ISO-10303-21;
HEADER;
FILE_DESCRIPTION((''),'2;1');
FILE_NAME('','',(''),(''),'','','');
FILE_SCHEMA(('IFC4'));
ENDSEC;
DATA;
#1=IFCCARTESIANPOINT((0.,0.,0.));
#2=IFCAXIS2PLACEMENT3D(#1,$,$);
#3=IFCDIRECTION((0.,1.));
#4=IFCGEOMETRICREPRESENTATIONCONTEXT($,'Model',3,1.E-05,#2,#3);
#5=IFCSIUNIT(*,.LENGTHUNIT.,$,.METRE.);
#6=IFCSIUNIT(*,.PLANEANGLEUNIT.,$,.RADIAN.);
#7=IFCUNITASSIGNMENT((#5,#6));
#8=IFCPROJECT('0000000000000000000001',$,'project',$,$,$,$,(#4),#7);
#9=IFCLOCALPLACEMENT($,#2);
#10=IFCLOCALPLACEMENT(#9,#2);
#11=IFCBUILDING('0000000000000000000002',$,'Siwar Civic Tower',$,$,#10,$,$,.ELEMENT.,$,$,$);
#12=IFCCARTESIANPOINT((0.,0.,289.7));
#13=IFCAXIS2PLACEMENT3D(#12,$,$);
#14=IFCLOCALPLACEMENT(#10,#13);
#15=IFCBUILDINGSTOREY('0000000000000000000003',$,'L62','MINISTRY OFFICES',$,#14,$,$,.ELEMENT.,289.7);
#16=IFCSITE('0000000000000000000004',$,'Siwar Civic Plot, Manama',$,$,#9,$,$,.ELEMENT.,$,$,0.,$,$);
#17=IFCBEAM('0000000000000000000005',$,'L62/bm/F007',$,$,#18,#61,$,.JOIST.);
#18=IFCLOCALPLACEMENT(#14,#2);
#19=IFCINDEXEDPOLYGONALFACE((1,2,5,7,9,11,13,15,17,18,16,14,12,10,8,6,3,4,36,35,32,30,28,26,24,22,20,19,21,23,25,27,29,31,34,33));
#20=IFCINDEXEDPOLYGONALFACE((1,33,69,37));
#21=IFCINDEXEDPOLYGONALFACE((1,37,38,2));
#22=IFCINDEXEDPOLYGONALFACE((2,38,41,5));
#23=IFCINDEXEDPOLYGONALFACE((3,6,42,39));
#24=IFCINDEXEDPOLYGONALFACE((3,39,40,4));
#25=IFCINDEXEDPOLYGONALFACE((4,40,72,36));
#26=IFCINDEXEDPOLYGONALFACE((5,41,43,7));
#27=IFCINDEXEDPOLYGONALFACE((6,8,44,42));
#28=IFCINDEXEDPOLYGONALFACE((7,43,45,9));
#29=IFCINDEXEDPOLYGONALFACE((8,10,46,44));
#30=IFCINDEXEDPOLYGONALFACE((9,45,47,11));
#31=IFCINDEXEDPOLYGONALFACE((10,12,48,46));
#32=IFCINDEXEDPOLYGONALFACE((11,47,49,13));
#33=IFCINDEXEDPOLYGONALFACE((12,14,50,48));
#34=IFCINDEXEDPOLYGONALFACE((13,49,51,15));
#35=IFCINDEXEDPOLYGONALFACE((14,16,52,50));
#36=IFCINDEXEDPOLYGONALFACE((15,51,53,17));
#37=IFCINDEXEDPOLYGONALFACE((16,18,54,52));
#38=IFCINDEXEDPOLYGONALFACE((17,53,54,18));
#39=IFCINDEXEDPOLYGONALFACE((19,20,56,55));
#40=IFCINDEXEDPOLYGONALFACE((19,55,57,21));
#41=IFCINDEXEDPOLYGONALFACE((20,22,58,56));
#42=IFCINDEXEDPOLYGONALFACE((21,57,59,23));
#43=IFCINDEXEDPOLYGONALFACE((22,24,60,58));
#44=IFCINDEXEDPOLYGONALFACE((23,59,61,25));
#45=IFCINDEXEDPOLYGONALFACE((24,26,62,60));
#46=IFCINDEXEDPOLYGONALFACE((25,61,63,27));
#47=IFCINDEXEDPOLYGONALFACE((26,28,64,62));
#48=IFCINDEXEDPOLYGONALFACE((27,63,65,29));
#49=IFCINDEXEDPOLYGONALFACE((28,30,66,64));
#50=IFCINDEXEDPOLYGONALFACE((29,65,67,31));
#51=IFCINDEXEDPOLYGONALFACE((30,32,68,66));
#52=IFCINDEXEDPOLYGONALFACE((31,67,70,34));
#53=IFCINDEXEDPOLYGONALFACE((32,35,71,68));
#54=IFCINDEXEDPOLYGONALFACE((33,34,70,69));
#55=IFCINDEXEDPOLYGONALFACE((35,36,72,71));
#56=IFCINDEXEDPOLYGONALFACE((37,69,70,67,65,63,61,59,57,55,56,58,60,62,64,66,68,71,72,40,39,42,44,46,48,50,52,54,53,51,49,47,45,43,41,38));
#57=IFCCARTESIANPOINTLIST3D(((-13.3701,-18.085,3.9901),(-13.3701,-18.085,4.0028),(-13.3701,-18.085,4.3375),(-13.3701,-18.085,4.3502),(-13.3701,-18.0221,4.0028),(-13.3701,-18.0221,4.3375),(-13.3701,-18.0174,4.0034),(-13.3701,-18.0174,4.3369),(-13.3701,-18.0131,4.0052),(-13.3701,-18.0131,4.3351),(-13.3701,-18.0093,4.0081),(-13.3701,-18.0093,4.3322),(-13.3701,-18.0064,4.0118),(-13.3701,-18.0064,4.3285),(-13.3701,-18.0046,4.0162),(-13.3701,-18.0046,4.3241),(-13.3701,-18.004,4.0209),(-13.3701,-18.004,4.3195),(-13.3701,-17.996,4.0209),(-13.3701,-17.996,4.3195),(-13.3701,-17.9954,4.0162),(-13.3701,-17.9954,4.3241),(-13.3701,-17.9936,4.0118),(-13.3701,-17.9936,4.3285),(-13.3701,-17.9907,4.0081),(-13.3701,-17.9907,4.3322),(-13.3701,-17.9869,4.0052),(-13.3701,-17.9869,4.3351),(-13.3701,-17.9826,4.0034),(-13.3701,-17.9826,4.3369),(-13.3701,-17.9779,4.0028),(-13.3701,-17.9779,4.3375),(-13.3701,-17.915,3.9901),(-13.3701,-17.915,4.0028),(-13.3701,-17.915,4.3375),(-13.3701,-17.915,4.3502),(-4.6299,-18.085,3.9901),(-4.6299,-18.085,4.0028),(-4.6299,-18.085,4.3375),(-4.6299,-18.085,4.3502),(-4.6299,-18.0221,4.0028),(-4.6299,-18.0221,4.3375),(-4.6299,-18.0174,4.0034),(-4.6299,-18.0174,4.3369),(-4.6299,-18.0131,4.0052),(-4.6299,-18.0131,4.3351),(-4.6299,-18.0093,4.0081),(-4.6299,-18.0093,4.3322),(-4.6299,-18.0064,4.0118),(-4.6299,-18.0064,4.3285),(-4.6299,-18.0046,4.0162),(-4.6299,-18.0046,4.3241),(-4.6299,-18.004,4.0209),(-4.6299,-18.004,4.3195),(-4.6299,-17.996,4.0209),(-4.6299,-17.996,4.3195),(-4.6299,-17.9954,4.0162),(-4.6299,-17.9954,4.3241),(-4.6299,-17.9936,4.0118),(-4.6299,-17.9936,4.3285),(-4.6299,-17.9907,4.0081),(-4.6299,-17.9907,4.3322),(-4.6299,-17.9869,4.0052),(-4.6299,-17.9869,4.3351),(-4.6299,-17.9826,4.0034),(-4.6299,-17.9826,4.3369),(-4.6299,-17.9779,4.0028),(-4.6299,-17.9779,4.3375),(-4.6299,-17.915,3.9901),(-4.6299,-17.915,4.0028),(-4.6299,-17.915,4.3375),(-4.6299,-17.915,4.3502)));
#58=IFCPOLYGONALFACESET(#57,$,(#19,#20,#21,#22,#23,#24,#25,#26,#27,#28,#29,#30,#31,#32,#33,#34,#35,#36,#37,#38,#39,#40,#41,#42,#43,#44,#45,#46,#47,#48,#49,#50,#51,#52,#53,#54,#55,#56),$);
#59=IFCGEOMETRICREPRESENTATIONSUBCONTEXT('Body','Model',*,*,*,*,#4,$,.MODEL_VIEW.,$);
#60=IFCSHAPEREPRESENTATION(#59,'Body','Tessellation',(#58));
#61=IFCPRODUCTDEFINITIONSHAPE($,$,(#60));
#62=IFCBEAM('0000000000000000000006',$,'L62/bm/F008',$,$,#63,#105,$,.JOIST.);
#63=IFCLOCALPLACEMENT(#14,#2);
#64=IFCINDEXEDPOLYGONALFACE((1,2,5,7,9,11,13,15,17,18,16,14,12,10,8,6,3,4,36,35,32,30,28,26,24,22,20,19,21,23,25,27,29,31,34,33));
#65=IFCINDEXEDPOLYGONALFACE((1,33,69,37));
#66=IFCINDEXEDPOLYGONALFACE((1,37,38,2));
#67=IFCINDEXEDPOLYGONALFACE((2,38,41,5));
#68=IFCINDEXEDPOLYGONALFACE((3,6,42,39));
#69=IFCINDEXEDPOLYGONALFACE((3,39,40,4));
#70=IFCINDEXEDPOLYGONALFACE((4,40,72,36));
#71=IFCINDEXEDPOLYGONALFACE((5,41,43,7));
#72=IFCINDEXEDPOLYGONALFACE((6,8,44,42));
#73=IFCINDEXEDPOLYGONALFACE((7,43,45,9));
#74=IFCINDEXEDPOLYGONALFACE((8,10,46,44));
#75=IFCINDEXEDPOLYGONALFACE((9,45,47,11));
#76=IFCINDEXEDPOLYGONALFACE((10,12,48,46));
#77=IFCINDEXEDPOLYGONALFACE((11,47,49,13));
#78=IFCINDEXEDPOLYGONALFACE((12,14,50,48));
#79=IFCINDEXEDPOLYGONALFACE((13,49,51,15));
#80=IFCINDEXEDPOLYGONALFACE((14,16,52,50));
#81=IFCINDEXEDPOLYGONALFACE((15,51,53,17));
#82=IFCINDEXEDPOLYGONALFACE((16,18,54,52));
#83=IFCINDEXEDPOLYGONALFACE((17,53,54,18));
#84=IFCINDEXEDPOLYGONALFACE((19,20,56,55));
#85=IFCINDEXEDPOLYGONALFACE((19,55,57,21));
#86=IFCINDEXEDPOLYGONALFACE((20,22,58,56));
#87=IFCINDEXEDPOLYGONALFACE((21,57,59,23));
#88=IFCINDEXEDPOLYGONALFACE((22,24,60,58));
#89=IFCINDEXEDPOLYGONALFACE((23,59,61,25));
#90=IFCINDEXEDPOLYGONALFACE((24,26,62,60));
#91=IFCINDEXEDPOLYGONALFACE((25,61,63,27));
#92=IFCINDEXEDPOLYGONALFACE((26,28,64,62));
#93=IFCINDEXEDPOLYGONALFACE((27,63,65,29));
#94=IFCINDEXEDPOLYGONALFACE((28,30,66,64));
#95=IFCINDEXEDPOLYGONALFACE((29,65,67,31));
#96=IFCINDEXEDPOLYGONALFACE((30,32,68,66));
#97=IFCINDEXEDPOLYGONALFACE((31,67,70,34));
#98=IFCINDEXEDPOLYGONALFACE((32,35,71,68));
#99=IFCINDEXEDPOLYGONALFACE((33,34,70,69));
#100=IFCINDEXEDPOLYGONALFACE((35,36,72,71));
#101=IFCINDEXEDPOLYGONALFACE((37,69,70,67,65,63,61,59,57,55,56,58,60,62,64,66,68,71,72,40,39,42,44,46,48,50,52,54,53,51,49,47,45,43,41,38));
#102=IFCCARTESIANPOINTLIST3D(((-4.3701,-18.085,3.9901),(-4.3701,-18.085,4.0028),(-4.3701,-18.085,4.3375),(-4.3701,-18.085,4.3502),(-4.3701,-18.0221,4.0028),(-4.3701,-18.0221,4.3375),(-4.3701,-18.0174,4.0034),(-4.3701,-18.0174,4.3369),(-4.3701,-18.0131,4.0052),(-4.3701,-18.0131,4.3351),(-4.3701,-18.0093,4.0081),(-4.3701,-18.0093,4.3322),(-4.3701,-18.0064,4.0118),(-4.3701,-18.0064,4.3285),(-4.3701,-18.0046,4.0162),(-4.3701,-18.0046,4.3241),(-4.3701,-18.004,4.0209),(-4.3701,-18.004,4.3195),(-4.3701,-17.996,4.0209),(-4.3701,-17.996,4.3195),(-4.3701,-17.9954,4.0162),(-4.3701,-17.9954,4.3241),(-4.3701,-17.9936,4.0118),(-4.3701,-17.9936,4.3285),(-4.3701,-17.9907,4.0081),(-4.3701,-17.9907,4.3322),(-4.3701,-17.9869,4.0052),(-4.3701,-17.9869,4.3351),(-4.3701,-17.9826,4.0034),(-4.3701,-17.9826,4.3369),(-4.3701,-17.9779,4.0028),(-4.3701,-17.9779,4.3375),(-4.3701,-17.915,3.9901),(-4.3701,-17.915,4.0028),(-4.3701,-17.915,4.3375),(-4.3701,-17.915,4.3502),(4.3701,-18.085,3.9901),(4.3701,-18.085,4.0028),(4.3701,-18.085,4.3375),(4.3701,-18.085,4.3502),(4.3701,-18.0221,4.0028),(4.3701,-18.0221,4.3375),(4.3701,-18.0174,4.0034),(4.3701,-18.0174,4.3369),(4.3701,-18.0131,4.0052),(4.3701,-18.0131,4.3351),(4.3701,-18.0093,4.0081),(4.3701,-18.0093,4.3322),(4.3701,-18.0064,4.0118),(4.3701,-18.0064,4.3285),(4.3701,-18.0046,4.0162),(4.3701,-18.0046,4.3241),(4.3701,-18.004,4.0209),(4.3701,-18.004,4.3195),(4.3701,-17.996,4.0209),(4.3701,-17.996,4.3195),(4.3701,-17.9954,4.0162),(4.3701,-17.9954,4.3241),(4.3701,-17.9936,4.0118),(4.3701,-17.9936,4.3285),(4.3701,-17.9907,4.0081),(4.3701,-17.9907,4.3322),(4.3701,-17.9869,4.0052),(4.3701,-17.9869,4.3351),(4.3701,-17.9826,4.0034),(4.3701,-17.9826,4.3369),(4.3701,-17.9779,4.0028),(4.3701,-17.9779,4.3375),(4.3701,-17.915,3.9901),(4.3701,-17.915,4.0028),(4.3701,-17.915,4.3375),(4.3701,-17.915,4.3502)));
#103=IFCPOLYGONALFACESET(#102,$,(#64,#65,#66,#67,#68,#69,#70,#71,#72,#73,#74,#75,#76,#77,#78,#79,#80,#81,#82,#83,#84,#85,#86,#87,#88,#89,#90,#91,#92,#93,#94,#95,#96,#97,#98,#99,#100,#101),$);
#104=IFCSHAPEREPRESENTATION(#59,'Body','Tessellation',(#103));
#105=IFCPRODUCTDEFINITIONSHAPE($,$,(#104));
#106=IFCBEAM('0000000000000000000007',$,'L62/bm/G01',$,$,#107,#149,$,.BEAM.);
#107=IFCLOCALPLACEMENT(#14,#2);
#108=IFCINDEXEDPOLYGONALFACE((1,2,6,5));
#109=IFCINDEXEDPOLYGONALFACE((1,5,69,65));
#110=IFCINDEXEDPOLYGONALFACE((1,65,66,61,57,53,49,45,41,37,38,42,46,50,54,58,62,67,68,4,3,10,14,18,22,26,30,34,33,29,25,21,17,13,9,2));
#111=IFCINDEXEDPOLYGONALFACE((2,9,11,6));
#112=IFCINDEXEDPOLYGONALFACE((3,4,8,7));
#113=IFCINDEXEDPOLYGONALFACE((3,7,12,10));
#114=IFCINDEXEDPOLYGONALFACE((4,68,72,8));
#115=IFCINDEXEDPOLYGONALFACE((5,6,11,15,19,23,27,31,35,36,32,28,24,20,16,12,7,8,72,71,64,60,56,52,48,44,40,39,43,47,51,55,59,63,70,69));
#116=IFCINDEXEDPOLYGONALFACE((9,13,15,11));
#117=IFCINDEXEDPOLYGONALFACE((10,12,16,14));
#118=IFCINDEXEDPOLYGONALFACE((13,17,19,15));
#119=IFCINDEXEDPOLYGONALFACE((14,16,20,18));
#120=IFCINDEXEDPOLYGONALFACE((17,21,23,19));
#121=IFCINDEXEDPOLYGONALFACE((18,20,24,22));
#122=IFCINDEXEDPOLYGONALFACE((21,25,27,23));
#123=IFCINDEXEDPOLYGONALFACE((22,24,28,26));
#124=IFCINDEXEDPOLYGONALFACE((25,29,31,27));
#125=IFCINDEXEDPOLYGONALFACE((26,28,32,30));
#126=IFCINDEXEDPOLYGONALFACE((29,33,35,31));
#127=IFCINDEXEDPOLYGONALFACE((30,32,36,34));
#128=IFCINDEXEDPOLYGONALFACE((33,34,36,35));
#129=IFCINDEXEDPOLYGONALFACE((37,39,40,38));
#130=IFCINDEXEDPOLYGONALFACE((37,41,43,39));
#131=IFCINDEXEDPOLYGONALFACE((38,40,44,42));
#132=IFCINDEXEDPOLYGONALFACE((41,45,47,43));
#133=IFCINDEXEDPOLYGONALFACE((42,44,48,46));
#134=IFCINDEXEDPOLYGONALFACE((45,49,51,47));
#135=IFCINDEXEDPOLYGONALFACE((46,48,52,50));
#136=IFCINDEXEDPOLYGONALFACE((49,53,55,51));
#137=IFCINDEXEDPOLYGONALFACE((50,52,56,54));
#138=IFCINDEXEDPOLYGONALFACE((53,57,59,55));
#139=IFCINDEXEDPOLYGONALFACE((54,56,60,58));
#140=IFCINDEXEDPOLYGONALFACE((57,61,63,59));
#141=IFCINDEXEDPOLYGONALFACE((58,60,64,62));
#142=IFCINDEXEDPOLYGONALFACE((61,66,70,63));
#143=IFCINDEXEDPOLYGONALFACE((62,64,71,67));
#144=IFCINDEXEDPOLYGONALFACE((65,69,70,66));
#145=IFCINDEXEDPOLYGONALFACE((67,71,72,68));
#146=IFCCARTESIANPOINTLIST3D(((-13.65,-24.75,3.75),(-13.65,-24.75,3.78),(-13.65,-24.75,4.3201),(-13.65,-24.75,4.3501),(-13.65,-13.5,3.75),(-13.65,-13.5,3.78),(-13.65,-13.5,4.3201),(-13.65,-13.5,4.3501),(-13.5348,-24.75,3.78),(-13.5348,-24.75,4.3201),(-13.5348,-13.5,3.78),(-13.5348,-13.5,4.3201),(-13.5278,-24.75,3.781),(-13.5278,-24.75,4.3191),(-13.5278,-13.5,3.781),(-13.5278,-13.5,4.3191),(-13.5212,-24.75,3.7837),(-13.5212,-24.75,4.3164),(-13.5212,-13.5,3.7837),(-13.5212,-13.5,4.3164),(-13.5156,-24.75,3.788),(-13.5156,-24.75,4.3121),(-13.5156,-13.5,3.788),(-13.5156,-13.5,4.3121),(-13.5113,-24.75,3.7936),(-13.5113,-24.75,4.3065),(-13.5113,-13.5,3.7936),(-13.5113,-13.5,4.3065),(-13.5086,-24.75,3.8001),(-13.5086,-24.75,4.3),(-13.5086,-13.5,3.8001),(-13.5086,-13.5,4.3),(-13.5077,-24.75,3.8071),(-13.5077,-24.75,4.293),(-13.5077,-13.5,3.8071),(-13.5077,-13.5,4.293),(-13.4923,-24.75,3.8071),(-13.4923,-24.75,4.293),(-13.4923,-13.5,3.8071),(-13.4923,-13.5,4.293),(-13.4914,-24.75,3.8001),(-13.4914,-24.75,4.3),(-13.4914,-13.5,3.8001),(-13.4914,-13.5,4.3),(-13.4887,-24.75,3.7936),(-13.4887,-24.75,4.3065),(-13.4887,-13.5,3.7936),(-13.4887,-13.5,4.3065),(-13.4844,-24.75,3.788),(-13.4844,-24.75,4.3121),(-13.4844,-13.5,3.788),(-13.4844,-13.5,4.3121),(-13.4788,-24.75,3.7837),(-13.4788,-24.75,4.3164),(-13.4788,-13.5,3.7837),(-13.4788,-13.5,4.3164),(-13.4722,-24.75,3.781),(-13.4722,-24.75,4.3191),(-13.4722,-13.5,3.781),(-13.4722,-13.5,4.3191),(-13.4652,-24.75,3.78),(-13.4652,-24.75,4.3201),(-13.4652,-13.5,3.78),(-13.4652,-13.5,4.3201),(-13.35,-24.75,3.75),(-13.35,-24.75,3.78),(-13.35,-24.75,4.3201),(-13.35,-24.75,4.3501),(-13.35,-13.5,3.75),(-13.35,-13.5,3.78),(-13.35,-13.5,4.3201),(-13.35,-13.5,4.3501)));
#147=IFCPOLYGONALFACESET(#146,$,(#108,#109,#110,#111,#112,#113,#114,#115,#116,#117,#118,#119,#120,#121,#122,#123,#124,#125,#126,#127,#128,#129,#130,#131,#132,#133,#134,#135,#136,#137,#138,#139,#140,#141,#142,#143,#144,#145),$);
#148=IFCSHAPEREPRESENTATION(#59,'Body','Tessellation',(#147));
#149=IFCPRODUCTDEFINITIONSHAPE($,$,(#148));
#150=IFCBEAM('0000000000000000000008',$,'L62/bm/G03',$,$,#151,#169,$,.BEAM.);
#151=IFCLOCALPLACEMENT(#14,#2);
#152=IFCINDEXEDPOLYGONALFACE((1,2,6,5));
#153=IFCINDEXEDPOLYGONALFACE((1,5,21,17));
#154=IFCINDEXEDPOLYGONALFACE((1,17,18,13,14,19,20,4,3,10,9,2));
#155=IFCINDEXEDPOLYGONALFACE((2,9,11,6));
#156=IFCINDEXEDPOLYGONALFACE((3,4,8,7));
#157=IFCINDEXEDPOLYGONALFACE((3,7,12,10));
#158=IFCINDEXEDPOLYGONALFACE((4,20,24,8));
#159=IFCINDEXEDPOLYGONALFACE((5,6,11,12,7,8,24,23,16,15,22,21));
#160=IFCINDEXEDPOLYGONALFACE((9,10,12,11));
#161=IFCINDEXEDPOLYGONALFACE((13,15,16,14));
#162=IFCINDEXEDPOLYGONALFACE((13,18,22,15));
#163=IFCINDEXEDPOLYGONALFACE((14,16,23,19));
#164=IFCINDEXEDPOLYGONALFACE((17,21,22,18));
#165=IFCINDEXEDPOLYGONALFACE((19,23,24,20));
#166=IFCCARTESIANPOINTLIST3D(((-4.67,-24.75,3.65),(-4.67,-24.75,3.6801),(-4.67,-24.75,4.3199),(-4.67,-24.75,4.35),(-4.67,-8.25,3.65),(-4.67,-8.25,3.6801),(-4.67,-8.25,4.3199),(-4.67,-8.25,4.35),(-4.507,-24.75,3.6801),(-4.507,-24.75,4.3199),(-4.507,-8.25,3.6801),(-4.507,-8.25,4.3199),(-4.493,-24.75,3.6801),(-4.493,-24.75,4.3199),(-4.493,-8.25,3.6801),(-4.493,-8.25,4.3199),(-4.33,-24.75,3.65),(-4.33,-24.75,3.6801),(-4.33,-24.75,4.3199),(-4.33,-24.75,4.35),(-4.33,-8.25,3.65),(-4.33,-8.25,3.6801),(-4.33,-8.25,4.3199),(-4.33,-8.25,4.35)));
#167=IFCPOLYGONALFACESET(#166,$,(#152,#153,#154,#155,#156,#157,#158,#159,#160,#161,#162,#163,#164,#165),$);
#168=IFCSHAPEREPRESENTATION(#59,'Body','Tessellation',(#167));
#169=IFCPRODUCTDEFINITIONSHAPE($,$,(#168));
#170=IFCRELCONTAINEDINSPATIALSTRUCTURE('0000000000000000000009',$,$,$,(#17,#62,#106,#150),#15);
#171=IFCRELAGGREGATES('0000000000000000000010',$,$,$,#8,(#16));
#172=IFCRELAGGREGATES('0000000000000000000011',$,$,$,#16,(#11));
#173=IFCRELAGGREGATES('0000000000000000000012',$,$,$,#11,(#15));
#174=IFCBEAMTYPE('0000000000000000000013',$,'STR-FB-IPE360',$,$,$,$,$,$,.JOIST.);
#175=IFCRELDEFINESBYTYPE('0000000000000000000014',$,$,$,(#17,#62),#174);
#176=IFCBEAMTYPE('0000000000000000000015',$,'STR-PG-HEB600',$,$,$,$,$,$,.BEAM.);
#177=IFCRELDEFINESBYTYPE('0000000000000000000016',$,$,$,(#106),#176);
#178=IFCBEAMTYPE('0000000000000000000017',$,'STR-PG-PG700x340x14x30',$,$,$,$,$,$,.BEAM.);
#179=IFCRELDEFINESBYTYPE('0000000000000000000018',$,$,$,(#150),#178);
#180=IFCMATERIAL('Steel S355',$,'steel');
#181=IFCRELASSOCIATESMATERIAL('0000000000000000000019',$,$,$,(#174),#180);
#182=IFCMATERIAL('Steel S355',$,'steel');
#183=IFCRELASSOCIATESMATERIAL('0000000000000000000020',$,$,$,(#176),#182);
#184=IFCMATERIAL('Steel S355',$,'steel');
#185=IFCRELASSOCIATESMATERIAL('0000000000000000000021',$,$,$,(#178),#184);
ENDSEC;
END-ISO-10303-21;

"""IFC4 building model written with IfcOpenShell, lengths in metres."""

from ifc_helpers import new_model, si_unit, direction, frame, origin, origin_2d, place, context, subcontext, project, spatial, i_section, extrude, material, material_profile, profile_set, type_object, element, save


model = new_model("IFC4")

# Units and contexts
model_context = context("Model", 3, precision=1e-05, world=origin(), true_north=direction((0.0, 1.0)))
body_context = subcontext(model_context, "Body", "Model", "MODEL_VIEW")
ifc_project = project(units=[si_unit("LENGTHUNIT", "METRE"), si_unit("PLANEANGLEUNIT", "RADIAN")], contexts=[model_context])

# Site, building, storey
site_placement = place(None, origin())
site = spatial("IfcSite", under=ifc_project, at=site_placement, Name="Siwar Civic Plot, Manama", CompositionType="ELEMENT", RefElevation=0.0)
building_placement = place(site_placement, origin())
building = spatial("IfcBuilding", under=site, at=building_placement, Name="Siwar Civic Tower", CompositionType="ELEMENT")
storey_placement = place(building_placement, frame((0.0, 0.0, 289.7)))
storey = spatial("IfcBuildingStorey", under=building, at=storey_placement, Name="L62", Description="MINISTRY OFFICES", CompositionType="ELEMENT", Elevation=289.7)

# Beams
ifc_material_1 = material(Name="Steel S355", Category="steel")
ifc_material_profile_1 = material_profile(ifc_material_1, i_section(OverallWidth=0.1699, OverallDepth=0.3601, WebThickness=0.0081, FlangeThickness=0.0127, FilletRadius=0.0181, at=origin_2d()), Name="IPE360")
ifc_profile_set_1 = profile_set([ifc_material_profile_1], Name="Steel S355")
beam_type_1 = type_object("IfcBeamType", Name="STR-FB-IPE360", PredefinedType="JOIST", material=ifc_profile_set_1)
for number, where, z_axis, x_axis, name in (
    (1, (-13.3701, -18.0, 4.1702), (1.0, 0.0, 0.0), (0.0, 1.0, 0.0), "L62/bm/F007"),
    (2, (-4.3701, -18.0, 4.1702), (1.0, 0.0, 0.0), (0.0, 1.0, 0.0), "L62/bm/F008"),
):
    element("IfcBeam", number, at=place(storey_placement, frame(where, z_axis=z_axis, x_axis=x_axis)), inside=storey, type_object=beam_type_1, Name=name, PredefinedType="JOIST", context=body_context, shape_type="SweptSolid", body=[
        extrude(i_section(OverallWidth=0.1699, OverallDepth=0.3601, WebThickness=0.0081, FlangeThickness=0.0127, FilletRadius=0.0181, at=origin_2d()), origin(), (0.0, 0.0, 1.0), 8.7402),
    ])
ifc_material_2 = material(Name="Steel S355", Category="steel")
ifc_material_profile_2 = material_profile(ifc_material_2, i_section(OverallWidth=0.3, OverallDepth=0.6001, WebThickness=0.0154, FlangeThickness=0.03, FilletRadius=0.0271, at=origin_2d()), Name="HEB600")
ifc_profile_set_2 = profile_set([ifc_material_profile_2], Name="Steel S355")
beam_type_2 = type_object("IfcBeamType", Name="STR-PG-HEB600", PredefinedType="BEAM", material=ifc_profile_set_2)
beam_1_placement = place(storey_placement, frame((-13.5, -24.75, 4.05), z_axis=(0.0, 1.0, 0.0), x_axis=(-1.0, 0.0, 0.0)))
element("IfcBeam", 3, at=beam_1_placement, inside=storey, type_object=beam_type_2, Name="L62/bm/G01", PredefinedType="BEAM", context=body_context, shape_type="SweptSolid", body=[
    extrude(i_section(OverallWidth=0.3, OverallDepth=0.6001, WebThickness=0.0154, FlangeThickness=0.03, FilletRadius=0.0271, at=origin_2d()), origin(), (0.0, 0.0, 1.0), 11.25),
])
ifc_material_3 = material(Name="Steel S355", Category="steel")
ifc_material_profile_3 = material_profile(ifc_material_3, i_section(OverallWidth=0.3401, OverallDepth=0.7, WebThickness=0.0139, FlangeThickness=0.03, at=origin_2d()), Name="PG700x340x14x30")
ifc_profile_set_3 = profile_set([ifc_material_profile_3], Name="Steel S355")
beam_type_3 = type_object("IfcBeamType", Name="STR-PG-PG700x340x14x30", PredefinedType="BEAM", material=ifc_profile_set_3)
beam_2_placement = place(storey_placement, frame((-4.5, -24.75, 4.0), z_axis=(0.0, 1.0, 0.0), x_axis=(-1.0, 0.0, 0.0)))
element("IfcBeam", 4, at=beam_2_placement, inside=storey, type_object=beam_type_3, Name="L62/bm/G03", PredefinedType="BEAM", context=body_context, shape_type="SweptSolid", body=[
    extrude(i_section(OverallWidth=0.3401, OverallDepth=0.7, WebThickness=0.0139, FlangeThickness=0.03, at=origin_2d()), origin(), (0.0, 0.0, 1.0), 16.5),
])

save(model, "model.ifc")
